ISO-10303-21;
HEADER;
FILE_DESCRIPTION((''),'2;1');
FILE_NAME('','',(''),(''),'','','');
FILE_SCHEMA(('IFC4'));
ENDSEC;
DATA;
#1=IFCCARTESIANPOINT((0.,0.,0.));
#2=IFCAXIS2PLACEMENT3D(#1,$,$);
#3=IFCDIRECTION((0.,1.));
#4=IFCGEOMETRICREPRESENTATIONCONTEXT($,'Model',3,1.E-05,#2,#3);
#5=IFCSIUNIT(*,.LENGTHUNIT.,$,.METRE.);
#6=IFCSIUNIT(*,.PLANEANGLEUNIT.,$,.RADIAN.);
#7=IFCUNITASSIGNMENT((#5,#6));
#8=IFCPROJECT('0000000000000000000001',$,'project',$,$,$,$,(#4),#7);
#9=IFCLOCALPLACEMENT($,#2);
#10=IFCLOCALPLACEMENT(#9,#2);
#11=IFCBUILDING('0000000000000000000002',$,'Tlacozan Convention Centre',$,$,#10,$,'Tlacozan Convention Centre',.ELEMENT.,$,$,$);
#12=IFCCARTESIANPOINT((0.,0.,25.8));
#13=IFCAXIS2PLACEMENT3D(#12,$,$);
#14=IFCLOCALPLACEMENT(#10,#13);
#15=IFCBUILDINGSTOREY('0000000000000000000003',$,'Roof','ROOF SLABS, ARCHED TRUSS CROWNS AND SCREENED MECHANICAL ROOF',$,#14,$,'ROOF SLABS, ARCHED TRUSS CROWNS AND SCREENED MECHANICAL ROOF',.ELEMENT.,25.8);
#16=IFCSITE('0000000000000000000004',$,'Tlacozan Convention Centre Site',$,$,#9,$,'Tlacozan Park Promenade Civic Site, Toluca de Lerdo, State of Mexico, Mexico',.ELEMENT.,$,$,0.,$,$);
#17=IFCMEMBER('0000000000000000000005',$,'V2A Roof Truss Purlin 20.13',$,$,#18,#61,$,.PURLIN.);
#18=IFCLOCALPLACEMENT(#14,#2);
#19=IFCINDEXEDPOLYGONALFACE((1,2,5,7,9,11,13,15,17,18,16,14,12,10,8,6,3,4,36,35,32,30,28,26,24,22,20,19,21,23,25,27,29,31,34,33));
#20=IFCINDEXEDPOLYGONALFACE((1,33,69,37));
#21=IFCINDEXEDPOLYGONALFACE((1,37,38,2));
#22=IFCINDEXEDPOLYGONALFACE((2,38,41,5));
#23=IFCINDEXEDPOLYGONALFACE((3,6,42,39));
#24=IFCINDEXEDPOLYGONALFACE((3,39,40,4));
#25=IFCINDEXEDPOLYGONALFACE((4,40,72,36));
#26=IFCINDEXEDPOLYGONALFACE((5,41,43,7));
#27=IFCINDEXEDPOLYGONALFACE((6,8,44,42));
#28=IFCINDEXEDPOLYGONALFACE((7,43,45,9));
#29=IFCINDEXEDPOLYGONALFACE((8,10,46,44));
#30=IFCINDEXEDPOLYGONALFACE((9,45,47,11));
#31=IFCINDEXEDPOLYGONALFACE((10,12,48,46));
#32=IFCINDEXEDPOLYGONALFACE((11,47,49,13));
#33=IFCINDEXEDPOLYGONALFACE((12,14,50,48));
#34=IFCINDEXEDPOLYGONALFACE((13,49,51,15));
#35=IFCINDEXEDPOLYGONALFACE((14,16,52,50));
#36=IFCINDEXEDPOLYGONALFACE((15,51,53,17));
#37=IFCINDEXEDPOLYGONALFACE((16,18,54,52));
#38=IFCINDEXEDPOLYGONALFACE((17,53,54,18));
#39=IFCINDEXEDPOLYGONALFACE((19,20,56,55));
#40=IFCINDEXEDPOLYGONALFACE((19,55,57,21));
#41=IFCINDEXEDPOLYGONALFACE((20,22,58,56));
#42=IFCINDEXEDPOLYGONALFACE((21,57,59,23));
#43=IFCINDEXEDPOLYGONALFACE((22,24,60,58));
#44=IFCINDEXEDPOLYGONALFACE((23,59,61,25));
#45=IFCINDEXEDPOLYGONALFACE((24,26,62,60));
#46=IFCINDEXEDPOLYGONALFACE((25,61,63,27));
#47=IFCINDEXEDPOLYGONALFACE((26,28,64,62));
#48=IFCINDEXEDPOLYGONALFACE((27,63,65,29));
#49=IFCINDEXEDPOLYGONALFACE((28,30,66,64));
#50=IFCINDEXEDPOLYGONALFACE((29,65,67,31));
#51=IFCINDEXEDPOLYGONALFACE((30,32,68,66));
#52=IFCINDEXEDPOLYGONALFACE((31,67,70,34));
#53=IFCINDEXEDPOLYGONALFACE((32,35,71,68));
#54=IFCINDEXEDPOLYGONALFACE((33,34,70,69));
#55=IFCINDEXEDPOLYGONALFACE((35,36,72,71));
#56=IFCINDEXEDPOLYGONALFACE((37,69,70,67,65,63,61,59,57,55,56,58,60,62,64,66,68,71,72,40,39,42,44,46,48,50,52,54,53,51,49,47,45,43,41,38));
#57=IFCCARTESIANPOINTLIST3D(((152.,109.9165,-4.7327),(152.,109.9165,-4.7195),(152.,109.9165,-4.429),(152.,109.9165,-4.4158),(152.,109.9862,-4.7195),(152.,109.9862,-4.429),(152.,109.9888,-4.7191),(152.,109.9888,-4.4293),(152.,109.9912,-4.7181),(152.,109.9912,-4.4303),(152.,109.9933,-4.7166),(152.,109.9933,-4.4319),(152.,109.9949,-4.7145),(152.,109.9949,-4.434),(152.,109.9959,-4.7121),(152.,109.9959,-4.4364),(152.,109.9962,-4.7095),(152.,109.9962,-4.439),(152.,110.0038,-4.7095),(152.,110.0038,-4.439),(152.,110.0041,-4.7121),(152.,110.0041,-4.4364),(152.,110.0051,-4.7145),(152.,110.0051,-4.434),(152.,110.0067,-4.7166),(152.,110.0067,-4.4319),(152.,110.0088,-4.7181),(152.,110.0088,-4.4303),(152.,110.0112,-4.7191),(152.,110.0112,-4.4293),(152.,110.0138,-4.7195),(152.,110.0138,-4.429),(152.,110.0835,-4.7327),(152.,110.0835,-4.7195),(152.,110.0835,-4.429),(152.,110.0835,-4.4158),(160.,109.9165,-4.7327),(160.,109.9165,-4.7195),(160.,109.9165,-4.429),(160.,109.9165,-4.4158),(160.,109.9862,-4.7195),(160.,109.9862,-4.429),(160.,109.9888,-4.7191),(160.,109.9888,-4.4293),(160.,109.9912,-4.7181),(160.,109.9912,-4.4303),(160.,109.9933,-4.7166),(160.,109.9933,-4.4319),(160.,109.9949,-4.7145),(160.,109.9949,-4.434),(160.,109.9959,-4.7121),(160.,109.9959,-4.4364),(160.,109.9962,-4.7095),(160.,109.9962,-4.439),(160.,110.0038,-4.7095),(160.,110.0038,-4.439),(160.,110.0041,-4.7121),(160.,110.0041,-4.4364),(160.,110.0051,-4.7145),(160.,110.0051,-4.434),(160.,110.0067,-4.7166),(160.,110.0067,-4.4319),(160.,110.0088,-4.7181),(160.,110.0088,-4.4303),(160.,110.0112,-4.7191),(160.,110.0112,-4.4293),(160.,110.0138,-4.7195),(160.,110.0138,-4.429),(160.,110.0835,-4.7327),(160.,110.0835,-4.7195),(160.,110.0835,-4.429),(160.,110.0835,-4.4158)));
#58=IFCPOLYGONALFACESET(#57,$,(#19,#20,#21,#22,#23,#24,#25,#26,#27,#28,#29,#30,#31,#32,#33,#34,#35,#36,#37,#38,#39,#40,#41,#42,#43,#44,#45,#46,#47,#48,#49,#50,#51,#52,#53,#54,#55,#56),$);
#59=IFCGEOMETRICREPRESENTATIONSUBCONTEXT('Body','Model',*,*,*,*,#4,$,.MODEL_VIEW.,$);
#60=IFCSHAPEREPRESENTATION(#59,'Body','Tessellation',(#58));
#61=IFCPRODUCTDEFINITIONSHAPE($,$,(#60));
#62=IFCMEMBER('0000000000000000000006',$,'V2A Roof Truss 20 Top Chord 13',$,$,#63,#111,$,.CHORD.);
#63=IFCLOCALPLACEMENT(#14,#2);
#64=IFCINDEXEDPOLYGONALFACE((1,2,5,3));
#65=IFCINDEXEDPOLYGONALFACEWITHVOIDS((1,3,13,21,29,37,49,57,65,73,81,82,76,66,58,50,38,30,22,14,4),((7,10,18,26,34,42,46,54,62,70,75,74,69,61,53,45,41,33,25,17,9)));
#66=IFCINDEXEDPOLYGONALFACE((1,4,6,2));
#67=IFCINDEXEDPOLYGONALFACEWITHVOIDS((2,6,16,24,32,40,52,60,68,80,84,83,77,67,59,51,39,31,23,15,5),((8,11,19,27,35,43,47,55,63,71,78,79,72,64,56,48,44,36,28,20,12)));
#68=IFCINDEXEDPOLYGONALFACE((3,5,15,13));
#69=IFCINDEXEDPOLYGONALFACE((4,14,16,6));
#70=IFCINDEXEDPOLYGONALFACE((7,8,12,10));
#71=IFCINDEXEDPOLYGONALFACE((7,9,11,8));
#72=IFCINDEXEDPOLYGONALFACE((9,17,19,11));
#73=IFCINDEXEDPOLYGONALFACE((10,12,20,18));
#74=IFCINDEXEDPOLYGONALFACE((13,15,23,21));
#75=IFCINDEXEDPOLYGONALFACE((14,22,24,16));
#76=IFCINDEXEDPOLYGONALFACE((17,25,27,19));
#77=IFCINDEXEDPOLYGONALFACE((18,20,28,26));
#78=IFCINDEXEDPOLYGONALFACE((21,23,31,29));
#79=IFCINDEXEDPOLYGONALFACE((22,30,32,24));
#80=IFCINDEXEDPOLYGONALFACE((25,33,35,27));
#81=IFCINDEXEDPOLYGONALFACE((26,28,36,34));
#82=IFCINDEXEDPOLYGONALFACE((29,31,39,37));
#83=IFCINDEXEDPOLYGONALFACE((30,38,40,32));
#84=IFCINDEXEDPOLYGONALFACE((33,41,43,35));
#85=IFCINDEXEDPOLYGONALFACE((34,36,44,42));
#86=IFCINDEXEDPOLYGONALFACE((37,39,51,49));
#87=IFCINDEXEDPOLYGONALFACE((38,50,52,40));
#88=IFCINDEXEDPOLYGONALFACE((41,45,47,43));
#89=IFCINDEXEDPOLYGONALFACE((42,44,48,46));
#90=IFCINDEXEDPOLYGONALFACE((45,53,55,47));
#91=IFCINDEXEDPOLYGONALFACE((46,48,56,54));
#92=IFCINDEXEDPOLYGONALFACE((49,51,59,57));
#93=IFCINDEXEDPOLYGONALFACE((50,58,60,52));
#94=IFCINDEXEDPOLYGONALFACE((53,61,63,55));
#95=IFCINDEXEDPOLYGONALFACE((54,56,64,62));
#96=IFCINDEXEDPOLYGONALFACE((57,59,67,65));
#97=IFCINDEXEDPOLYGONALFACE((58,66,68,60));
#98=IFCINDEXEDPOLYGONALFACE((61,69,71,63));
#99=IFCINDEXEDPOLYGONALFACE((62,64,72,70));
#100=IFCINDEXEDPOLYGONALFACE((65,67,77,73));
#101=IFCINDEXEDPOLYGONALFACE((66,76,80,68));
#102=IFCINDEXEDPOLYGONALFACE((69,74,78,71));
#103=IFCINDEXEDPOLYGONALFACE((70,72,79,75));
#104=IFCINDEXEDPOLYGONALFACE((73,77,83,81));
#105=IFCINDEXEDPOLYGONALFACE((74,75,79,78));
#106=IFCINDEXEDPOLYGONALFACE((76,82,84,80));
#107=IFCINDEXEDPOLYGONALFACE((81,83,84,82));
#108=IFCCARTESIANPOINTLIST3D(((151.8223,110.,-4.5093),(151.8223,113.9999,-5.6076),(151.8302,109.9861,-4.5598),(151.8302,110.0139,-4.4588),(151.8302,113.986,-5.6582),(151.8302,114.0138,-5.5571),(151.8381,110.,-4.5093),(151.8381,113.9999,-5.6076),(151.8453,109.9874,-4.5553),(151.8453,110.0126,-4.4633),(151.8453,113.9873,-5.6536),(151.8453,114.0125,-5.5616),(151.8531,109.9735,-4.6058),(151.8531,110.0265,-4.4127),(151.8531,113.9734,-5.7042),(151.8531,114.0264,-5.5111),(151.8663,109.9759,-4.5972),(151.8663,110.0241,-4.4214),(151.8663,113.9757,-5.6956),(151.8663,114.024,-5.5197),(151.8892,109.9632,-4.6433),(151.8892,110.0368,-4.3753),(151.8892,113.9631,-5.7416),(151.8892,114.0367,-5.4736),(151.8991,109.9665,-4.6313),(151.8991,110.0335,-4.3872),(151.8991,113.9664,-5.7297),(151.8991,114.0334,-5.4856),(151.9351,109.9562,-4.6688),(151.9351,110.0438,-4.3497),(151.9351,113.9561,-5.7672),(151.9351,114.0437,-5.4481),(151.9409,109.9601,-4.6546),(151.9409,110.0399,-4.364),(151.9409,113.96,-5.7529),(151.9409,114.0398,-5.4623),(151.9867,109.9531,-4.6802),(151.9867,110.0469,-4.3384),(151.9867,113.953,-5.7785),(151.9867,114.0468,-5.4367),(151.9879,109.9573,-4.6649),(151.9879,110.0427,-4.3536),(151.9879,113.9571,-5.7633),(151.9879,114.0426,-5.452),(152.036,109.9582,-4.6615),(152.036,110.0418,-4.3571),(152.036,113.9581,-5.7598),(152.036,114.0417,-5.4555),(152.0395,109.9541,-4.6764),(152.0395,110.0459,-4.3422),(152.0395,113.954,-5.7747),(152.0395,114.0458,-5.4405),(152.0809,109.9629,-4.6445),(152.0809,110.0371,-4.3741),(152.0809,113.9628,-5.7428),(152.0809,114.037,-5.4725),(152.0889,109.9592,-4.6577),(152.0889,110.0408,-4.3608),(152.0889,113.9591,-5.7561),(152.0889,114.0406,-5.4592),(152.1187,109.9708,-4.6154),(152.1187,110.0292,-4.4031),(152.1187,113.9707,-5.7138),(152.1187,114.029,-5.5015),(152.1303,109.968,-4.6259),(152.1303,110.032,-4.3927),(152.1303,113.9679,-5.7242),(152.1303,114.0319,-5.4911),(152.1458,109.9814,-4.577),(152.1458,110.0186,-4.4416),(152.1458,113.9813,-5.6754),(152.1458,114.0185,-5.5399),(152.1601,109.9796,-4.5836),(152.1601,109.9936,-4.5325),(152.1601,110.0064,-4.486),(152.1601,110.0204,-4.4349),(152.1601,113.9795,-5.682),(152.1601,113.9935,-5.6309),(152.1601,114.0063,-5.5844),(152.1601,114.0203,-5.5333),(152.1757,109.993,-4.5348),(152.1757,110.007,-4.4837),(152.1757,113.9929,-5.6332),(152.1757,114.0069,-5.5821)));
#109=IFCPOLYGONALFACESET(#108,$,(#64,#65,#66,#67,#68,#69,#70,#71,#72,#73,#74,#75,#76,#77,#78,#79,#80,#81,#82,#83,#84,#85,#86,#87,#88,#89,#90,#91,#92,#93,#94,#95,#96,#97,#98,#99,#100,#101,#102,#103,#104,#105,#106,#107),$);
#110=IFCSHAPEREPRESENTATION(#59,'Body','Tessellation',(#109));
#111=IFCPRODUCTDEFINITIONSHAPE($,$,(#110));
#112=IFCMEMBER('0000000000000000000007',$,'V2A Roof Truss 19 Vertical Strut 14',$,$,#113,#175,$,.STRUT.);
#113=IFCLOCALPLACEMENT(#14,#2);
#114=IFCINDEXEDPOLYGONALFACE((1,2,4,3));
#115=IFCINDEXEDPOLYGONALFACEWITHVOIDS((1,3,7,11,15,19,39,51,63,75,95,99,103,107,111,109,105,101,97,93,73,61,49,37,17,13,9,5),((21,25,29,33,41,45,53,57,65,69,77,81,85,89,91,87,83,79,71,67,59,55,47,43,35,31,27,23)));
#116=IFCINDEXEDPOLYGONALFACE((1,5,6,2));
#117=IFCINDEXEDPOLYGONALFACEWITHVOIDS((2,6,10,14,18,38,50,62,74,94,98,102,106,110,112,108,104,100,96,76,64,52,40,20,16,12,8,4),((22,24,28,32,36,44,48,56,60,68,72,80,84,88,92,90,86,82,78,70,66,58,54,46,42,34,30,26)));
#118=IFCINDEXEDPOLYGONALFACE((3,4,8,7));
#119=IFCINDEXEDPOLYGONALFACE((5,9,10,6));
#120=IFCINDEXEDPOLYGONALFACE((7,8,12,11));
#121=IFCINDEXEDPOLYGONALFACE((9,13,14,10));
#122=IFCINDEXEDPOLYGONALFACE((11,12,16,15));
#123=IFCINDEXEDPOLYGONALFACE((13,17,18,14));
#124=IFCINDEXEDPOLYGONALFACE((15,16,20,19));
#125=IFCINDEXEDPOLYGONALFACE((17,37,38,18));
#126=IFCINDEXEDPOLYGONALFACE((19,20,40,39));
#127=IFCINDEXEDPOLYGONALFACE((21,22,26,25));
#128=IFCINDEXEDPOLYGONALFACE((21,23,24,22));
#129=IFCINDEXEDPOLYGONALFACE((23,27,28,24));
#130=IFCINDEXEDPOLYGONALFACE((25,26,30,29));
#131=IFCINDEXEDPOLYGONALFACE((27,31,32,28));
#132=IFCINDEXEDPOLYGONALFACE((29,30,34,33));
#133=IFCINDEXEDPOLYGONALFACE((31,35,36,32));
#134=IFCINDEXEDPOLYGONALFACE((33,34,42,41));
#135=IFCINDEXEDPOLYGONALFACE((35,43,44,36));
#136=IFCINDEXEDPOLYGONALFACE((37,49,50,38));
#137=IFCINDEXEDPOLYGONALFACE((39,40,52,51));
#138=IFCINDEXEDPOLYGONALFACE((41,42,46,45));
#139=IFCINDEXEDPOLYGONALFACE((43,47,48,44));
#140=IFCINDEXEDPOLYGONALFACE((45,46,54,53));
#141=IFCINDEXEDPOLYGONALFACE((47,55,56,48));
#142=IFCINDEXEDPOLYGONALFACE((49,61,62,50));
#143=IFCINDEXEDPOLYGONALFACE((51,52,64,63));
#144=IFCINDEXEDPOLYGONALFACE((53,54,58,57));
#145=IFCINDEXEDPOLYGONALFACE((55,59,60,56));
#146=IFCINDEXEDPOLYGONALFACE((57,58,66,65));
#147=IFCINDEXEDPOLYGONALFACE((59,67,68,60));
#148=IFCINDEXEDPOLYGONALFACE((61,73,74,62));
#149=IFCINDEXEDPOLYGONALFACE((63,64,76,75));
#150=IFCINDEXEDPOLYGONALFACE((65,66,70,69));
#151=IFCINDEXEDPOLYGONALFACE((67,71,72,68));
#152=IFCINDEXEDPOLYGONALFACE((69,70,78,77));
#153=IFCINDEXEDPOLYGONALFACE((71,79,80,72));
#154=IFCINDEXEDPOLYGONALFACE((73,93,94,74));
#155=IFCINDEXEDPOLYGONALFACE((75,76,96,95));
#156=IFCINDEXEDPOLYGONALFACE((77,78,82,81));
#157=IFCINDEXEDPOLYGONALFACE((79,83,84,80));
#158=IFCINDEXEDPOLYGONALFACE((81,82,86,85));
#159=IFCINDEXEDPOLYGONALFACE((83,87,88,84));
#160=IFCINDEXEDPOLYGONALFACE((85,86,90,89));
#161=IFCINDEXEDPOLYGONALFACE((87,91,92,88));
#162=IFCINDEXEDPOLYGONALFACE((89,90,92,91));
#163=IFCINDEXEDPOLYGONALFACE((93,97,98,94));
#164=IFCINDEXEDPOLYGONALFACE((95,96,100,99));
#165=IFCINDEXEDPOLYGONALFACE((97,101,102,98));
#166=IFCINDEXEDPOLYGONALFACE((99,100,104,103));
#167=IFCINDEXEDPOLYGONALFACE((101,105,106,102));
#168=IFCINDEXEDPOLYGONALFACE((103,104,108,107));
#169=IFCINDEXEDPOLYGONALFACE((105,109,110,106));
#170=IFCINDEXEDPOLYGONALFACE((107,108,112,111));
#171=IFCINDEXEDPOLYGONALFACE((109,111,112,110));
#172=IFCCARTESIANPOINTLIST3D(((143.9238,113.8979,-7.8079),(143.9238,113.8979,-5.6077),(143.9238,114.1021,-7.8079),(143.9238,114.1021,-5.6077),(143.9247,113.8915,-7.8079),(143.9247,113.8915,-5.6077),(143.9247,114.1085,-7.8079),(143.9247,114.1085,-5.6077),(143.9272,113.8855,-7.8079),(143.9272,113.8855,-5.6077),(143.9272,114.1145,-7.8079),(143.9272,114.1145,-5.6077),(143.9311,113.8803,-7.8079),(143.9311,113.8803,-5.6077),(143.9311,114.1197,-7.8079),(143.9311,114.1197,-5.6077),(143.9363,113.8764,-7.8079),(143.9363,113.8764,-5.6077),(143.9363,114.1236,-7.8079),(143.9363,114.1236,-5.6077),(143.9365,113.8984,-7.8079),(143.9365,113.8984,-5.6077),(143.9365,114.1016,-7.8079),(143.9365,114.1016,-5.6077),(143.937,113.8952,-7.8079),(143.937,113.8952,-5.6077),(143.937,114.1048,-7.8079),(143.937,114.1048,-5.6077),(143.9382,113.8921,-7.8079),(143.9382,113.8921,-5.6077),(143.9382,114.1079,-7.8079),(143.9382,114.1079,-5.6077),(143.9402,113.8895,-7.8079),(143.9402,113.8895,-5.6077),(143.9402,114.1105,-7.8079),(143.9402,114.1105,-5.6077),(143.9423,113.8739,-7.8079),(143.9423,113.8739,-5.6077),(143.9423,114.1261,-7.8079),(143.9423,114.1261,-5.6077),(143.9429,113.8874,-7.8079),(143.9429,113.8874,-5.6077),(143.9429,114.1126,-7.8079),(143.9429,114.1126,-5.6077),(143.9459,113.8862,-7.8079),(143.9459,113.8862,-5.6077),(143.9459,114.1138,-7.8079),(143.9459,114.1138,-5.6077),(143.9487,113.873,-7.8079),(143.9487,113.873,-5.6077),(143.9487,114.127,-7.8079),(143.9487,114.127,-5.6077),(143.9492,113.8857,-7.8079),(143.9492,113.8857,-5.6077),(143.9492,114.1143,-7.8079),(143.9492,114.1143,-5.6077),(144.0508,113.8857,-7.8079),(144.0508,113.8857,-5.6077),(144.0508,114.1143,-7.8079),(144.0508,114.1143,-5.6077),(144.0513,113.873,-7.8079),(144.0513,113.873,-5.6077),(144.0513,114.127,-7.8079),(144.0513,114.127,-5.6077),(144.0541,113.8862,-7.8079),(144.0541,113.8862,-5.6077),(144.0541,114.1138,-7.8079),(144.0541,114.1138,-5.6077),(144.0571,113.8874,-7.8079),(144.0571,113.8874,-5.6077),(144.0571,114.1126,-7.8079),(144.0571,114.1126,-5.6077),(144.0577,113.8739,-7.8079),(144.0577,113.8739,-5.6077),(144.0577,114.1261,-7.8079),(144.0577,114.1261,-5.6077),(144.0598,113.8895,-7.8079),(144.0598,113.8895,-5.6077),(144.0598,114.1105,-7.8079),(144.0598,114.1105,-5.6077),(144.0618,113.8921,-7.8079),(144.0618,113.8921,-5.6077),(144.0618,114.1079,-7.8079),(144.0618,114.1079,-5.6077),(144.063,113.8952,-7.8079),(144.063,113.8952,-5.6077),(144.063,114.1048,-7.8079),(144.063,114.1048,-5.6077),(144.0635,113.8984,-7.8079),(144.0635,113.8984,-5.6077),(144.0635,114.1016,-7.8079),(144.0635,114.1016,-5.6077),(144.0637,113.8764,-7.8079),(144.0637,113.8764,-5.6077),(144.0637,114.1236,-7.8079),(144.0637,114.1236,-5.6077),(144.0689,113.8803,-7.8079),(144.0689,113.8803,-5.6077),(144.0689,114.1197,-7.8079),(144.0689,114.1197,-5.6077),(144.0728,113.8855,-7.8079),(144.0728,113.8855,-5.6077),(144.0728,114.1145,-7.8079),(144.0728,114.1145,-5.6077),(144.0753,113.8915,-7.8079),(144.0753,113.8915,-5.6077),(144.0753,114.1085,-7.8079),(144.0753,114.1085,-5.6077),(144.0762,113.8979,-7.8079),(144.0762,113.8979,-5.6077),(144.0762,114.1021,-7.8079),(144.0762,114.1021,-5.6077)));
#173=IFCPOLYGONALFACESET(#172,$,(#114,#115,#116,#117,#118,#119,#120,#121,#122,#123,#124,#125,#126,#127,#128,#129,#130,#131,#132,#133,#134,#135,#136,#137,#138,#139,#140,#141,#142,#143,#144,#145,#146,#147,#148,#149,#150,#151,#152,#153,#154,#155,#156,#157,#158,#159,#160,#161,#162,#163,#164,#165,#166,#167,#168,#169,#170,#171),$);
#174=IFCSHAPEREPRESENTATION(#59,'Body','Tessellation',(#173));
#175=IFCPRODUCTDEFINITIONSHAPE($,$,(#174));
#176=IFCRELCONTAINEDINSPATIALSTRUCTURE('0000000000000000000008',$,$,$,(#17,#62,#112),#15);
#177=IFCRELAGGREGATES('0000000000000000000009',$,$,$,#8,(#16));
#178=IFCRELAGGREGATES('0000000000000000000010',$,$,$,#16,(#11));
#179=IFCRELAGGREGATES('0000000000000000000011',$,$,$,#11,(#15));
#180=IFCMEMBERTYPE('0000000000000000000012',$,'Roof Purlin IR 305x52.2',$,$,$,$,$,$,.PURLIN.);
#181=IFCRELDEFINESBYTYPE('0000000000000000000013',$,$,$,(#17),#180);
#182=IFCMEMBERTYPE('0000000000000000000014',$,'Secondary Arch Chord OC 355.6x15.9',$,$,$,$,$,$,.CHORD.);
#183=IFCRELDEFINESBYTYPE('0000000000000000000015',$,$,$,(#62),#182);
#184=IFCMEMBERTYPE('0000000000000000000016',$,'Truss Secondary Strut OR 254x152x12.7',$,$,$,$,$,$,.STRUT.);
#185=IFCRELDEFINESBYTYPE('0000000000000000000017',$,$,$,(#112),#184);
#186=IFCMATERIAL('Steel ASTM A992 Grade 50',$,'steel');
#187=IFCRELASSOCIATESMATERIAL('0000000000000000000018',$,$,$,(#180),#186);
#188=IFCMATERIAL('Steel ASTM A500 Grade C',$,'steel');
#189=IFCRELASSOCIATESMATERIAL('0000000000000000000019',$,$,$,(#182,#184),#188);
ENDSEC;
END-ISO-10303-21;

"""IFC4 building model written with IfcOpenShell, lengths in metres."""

from ifc_helpers import new_model, si_unit, direction, frame, origin, origin_2d, place, context, subcontext, project, spatial, hollow_rectangle, hollow_circle, i_section, extrude, material, material_profile, profile_set, type_object, element, save


model = new_model("IFC4")

# Units and contexts
model_context = context("Model", 3, precision=1e-05, world=origin(), true_north=direction((0.0, 1.0)))
body_context = subcontext(model_context, "Body", "Model", "MODEL_VIEW")
ifc_project = project(units=[si_unit("LENGTHUNIT", "METRE"), si_unit("PLANEANGLEUNIT", "RADIAN")], contexts=[model_context])

# Site, building, storey
site_placement = place(None, origin())
site = spatial("IfcSite", under=ifc_project, at=site_placement, Name="Tlacozan Convention Centre Site", LongName="Tlacozan Park Promenade Civic Site, Toluca de Lerdo, State of Mexico, Mexico", CompositionType="ELEMENT", RefElevation=0.0)
building_placement = place(site_placement, origin())
building = spatial("IfcBuilding", under=site, at=building_placement, Name="Tlacozan Convention Centre", LongName="Tlacozan Convention Centre", CompositionType="ELEMENT")
storey_placement = place(building_placement, frame((0.0, 0.0, 25.8)))
storey = spatial("IfcBuildingStorey", under=building, at=storey_placement, Name="Roof", Description="ROOF SLABS, ARCHED TRUSS CROWNS AND SCREENED MECHANICAL ROOF", LongName="ROOF SLABS, ARCHED TRUSS CROWNS AND SCREENED MECHANICAL ROOF", CompositionType="ELEMENT", Elevation=25.8)

# Members
ifc_material_1 = material(Name="Steel ASTM A500 Grade C", Category="steel")
ifc_material_2 = material(Name="Steel ASTM A992 Grade 50", Category="steel")
ifc_material_profile_1 = material_profile(ifc_material_2, i_section(OverallWidth=0.167, OverallDepth=0.3169, WebThickness=0.0076, FlangeThickness=0.0132, FilletRadius=0.01, at=origin_2d()), Name="IR 305x52.2")
ifc_profile_set_1 = profile_set([ifc_material_profile_1], Name="Steel ASTM A992 Grade 50")
member_type_1 = type_object("IfcMemberType", Name="Roof Purlin IR 305x52.2", PredefinedType="PURLIN", material=ifc_profile_set_1)
for number, where, z_axis, x_axis, name in (
    (1, (152.0, 110.0, -4.5742), (1.0, 0.0, 0.0), (0.0, 1.0, 0.0), "V2A Roof Truss Purlin 20.13"),
):
    element("IfcMember", number, at=place(storey_placement, frame(where, z_axis=z_axis, x_axis=x_axis)), inside=storey, type_object=member_type_1, Name=name, PredefinedType="PURLIN", context=body_context, shape_type="SweptSolid", body=[
        extrude(i_section(OverallWidth=0.167, OverallDepth=0.3169, WebThickness=0.0076, FlangeThickness=0.0132, FilletRadius=0.01, at=origin_2d()), origin(), (0.0, 0.0, 1.0), 8.0),
    ])
ifc_material_profile_2 = material_profile(ifc_material_1, hollow_circle(Radius=0.1777, WallThickness=0.0159, at=origin_2d()), Name="OC 355.6x15.9")
ifc_profile_set_2 = profile_set([ifc_material_profile_2], Name="Steel ASTM A500 Grade C")
member_type_2 = type_object("IfcMemberType", Name="Secondary Arch Chord OC 355.6x15.9", PredefinedType="CHORD", material=ifc_profile_set_2)
member_1_placement = place(storey_placement, frame((152.0, 110.0, -4.5093), z_axis=(0.0, 0.964305, -0.264795), x_axis=(-1.0, 0.0, 0.0)))
element("IfcMember", 2, at=member_1_placement, inside=storey, type_object=member_type_2, Name="V2A Roof Truss 20 Top Chord 13", PredefinedType="CHORD", context=body_context, shape_type="SweptSolid", body=[
    extrude(hollow_circle(Radius=0.1777, WallThickness=0.0159, at=origin_2d()), origin(), (0.0, 0.0, 1.0), 4.1479),
])
ifc_material_profile_3 = material_profile(ifc_material_1, hollow_rectangle(XDim=0.1523, YDim=0.2539, WallThickness=0.0127, InnerFilletRadius=0.0127, OuterFilletRadius=0.0249, at=origin_2d()), Name="OR 254x152x12.7")
ifc_profile_set_3 = profile_set([ifc_material_profile_3], Name="Steel ASTM A500 Grade C")
member_type_3 = type_object("IfcMemberType", Name="Truss Secondary Strut OR 254x152x12.7", PredefinedType="STRUT", material=ifc_profile_set_3)
member_2_placement = place(storey_placement, frame((144.0, 114.0, -7.8079), z_axis=(0.0, 0.0, 1.0), x_axis=(1.0, 0.0, 0.0)))
element("IfcMember", 3, at=member_2_placement, inside=storey, type_object=member_type_3, Name="V2A Roof Truss 19 Vertical Strut 14", PredefinedType="STRUT", context=body_context, shape_type="SweptSolid", body=[
    extrude(hollow_rectangle(XDim=0.1523, YDim=0.2539, WallThickness=0.0127, InnerFilletRadius=0.0127, OuterFilletRadius=0.0249, at=origin_2d()), origin(), (0.0, 0.0, 1.0), 2.2002),
])

save(model, "model.ifc")
